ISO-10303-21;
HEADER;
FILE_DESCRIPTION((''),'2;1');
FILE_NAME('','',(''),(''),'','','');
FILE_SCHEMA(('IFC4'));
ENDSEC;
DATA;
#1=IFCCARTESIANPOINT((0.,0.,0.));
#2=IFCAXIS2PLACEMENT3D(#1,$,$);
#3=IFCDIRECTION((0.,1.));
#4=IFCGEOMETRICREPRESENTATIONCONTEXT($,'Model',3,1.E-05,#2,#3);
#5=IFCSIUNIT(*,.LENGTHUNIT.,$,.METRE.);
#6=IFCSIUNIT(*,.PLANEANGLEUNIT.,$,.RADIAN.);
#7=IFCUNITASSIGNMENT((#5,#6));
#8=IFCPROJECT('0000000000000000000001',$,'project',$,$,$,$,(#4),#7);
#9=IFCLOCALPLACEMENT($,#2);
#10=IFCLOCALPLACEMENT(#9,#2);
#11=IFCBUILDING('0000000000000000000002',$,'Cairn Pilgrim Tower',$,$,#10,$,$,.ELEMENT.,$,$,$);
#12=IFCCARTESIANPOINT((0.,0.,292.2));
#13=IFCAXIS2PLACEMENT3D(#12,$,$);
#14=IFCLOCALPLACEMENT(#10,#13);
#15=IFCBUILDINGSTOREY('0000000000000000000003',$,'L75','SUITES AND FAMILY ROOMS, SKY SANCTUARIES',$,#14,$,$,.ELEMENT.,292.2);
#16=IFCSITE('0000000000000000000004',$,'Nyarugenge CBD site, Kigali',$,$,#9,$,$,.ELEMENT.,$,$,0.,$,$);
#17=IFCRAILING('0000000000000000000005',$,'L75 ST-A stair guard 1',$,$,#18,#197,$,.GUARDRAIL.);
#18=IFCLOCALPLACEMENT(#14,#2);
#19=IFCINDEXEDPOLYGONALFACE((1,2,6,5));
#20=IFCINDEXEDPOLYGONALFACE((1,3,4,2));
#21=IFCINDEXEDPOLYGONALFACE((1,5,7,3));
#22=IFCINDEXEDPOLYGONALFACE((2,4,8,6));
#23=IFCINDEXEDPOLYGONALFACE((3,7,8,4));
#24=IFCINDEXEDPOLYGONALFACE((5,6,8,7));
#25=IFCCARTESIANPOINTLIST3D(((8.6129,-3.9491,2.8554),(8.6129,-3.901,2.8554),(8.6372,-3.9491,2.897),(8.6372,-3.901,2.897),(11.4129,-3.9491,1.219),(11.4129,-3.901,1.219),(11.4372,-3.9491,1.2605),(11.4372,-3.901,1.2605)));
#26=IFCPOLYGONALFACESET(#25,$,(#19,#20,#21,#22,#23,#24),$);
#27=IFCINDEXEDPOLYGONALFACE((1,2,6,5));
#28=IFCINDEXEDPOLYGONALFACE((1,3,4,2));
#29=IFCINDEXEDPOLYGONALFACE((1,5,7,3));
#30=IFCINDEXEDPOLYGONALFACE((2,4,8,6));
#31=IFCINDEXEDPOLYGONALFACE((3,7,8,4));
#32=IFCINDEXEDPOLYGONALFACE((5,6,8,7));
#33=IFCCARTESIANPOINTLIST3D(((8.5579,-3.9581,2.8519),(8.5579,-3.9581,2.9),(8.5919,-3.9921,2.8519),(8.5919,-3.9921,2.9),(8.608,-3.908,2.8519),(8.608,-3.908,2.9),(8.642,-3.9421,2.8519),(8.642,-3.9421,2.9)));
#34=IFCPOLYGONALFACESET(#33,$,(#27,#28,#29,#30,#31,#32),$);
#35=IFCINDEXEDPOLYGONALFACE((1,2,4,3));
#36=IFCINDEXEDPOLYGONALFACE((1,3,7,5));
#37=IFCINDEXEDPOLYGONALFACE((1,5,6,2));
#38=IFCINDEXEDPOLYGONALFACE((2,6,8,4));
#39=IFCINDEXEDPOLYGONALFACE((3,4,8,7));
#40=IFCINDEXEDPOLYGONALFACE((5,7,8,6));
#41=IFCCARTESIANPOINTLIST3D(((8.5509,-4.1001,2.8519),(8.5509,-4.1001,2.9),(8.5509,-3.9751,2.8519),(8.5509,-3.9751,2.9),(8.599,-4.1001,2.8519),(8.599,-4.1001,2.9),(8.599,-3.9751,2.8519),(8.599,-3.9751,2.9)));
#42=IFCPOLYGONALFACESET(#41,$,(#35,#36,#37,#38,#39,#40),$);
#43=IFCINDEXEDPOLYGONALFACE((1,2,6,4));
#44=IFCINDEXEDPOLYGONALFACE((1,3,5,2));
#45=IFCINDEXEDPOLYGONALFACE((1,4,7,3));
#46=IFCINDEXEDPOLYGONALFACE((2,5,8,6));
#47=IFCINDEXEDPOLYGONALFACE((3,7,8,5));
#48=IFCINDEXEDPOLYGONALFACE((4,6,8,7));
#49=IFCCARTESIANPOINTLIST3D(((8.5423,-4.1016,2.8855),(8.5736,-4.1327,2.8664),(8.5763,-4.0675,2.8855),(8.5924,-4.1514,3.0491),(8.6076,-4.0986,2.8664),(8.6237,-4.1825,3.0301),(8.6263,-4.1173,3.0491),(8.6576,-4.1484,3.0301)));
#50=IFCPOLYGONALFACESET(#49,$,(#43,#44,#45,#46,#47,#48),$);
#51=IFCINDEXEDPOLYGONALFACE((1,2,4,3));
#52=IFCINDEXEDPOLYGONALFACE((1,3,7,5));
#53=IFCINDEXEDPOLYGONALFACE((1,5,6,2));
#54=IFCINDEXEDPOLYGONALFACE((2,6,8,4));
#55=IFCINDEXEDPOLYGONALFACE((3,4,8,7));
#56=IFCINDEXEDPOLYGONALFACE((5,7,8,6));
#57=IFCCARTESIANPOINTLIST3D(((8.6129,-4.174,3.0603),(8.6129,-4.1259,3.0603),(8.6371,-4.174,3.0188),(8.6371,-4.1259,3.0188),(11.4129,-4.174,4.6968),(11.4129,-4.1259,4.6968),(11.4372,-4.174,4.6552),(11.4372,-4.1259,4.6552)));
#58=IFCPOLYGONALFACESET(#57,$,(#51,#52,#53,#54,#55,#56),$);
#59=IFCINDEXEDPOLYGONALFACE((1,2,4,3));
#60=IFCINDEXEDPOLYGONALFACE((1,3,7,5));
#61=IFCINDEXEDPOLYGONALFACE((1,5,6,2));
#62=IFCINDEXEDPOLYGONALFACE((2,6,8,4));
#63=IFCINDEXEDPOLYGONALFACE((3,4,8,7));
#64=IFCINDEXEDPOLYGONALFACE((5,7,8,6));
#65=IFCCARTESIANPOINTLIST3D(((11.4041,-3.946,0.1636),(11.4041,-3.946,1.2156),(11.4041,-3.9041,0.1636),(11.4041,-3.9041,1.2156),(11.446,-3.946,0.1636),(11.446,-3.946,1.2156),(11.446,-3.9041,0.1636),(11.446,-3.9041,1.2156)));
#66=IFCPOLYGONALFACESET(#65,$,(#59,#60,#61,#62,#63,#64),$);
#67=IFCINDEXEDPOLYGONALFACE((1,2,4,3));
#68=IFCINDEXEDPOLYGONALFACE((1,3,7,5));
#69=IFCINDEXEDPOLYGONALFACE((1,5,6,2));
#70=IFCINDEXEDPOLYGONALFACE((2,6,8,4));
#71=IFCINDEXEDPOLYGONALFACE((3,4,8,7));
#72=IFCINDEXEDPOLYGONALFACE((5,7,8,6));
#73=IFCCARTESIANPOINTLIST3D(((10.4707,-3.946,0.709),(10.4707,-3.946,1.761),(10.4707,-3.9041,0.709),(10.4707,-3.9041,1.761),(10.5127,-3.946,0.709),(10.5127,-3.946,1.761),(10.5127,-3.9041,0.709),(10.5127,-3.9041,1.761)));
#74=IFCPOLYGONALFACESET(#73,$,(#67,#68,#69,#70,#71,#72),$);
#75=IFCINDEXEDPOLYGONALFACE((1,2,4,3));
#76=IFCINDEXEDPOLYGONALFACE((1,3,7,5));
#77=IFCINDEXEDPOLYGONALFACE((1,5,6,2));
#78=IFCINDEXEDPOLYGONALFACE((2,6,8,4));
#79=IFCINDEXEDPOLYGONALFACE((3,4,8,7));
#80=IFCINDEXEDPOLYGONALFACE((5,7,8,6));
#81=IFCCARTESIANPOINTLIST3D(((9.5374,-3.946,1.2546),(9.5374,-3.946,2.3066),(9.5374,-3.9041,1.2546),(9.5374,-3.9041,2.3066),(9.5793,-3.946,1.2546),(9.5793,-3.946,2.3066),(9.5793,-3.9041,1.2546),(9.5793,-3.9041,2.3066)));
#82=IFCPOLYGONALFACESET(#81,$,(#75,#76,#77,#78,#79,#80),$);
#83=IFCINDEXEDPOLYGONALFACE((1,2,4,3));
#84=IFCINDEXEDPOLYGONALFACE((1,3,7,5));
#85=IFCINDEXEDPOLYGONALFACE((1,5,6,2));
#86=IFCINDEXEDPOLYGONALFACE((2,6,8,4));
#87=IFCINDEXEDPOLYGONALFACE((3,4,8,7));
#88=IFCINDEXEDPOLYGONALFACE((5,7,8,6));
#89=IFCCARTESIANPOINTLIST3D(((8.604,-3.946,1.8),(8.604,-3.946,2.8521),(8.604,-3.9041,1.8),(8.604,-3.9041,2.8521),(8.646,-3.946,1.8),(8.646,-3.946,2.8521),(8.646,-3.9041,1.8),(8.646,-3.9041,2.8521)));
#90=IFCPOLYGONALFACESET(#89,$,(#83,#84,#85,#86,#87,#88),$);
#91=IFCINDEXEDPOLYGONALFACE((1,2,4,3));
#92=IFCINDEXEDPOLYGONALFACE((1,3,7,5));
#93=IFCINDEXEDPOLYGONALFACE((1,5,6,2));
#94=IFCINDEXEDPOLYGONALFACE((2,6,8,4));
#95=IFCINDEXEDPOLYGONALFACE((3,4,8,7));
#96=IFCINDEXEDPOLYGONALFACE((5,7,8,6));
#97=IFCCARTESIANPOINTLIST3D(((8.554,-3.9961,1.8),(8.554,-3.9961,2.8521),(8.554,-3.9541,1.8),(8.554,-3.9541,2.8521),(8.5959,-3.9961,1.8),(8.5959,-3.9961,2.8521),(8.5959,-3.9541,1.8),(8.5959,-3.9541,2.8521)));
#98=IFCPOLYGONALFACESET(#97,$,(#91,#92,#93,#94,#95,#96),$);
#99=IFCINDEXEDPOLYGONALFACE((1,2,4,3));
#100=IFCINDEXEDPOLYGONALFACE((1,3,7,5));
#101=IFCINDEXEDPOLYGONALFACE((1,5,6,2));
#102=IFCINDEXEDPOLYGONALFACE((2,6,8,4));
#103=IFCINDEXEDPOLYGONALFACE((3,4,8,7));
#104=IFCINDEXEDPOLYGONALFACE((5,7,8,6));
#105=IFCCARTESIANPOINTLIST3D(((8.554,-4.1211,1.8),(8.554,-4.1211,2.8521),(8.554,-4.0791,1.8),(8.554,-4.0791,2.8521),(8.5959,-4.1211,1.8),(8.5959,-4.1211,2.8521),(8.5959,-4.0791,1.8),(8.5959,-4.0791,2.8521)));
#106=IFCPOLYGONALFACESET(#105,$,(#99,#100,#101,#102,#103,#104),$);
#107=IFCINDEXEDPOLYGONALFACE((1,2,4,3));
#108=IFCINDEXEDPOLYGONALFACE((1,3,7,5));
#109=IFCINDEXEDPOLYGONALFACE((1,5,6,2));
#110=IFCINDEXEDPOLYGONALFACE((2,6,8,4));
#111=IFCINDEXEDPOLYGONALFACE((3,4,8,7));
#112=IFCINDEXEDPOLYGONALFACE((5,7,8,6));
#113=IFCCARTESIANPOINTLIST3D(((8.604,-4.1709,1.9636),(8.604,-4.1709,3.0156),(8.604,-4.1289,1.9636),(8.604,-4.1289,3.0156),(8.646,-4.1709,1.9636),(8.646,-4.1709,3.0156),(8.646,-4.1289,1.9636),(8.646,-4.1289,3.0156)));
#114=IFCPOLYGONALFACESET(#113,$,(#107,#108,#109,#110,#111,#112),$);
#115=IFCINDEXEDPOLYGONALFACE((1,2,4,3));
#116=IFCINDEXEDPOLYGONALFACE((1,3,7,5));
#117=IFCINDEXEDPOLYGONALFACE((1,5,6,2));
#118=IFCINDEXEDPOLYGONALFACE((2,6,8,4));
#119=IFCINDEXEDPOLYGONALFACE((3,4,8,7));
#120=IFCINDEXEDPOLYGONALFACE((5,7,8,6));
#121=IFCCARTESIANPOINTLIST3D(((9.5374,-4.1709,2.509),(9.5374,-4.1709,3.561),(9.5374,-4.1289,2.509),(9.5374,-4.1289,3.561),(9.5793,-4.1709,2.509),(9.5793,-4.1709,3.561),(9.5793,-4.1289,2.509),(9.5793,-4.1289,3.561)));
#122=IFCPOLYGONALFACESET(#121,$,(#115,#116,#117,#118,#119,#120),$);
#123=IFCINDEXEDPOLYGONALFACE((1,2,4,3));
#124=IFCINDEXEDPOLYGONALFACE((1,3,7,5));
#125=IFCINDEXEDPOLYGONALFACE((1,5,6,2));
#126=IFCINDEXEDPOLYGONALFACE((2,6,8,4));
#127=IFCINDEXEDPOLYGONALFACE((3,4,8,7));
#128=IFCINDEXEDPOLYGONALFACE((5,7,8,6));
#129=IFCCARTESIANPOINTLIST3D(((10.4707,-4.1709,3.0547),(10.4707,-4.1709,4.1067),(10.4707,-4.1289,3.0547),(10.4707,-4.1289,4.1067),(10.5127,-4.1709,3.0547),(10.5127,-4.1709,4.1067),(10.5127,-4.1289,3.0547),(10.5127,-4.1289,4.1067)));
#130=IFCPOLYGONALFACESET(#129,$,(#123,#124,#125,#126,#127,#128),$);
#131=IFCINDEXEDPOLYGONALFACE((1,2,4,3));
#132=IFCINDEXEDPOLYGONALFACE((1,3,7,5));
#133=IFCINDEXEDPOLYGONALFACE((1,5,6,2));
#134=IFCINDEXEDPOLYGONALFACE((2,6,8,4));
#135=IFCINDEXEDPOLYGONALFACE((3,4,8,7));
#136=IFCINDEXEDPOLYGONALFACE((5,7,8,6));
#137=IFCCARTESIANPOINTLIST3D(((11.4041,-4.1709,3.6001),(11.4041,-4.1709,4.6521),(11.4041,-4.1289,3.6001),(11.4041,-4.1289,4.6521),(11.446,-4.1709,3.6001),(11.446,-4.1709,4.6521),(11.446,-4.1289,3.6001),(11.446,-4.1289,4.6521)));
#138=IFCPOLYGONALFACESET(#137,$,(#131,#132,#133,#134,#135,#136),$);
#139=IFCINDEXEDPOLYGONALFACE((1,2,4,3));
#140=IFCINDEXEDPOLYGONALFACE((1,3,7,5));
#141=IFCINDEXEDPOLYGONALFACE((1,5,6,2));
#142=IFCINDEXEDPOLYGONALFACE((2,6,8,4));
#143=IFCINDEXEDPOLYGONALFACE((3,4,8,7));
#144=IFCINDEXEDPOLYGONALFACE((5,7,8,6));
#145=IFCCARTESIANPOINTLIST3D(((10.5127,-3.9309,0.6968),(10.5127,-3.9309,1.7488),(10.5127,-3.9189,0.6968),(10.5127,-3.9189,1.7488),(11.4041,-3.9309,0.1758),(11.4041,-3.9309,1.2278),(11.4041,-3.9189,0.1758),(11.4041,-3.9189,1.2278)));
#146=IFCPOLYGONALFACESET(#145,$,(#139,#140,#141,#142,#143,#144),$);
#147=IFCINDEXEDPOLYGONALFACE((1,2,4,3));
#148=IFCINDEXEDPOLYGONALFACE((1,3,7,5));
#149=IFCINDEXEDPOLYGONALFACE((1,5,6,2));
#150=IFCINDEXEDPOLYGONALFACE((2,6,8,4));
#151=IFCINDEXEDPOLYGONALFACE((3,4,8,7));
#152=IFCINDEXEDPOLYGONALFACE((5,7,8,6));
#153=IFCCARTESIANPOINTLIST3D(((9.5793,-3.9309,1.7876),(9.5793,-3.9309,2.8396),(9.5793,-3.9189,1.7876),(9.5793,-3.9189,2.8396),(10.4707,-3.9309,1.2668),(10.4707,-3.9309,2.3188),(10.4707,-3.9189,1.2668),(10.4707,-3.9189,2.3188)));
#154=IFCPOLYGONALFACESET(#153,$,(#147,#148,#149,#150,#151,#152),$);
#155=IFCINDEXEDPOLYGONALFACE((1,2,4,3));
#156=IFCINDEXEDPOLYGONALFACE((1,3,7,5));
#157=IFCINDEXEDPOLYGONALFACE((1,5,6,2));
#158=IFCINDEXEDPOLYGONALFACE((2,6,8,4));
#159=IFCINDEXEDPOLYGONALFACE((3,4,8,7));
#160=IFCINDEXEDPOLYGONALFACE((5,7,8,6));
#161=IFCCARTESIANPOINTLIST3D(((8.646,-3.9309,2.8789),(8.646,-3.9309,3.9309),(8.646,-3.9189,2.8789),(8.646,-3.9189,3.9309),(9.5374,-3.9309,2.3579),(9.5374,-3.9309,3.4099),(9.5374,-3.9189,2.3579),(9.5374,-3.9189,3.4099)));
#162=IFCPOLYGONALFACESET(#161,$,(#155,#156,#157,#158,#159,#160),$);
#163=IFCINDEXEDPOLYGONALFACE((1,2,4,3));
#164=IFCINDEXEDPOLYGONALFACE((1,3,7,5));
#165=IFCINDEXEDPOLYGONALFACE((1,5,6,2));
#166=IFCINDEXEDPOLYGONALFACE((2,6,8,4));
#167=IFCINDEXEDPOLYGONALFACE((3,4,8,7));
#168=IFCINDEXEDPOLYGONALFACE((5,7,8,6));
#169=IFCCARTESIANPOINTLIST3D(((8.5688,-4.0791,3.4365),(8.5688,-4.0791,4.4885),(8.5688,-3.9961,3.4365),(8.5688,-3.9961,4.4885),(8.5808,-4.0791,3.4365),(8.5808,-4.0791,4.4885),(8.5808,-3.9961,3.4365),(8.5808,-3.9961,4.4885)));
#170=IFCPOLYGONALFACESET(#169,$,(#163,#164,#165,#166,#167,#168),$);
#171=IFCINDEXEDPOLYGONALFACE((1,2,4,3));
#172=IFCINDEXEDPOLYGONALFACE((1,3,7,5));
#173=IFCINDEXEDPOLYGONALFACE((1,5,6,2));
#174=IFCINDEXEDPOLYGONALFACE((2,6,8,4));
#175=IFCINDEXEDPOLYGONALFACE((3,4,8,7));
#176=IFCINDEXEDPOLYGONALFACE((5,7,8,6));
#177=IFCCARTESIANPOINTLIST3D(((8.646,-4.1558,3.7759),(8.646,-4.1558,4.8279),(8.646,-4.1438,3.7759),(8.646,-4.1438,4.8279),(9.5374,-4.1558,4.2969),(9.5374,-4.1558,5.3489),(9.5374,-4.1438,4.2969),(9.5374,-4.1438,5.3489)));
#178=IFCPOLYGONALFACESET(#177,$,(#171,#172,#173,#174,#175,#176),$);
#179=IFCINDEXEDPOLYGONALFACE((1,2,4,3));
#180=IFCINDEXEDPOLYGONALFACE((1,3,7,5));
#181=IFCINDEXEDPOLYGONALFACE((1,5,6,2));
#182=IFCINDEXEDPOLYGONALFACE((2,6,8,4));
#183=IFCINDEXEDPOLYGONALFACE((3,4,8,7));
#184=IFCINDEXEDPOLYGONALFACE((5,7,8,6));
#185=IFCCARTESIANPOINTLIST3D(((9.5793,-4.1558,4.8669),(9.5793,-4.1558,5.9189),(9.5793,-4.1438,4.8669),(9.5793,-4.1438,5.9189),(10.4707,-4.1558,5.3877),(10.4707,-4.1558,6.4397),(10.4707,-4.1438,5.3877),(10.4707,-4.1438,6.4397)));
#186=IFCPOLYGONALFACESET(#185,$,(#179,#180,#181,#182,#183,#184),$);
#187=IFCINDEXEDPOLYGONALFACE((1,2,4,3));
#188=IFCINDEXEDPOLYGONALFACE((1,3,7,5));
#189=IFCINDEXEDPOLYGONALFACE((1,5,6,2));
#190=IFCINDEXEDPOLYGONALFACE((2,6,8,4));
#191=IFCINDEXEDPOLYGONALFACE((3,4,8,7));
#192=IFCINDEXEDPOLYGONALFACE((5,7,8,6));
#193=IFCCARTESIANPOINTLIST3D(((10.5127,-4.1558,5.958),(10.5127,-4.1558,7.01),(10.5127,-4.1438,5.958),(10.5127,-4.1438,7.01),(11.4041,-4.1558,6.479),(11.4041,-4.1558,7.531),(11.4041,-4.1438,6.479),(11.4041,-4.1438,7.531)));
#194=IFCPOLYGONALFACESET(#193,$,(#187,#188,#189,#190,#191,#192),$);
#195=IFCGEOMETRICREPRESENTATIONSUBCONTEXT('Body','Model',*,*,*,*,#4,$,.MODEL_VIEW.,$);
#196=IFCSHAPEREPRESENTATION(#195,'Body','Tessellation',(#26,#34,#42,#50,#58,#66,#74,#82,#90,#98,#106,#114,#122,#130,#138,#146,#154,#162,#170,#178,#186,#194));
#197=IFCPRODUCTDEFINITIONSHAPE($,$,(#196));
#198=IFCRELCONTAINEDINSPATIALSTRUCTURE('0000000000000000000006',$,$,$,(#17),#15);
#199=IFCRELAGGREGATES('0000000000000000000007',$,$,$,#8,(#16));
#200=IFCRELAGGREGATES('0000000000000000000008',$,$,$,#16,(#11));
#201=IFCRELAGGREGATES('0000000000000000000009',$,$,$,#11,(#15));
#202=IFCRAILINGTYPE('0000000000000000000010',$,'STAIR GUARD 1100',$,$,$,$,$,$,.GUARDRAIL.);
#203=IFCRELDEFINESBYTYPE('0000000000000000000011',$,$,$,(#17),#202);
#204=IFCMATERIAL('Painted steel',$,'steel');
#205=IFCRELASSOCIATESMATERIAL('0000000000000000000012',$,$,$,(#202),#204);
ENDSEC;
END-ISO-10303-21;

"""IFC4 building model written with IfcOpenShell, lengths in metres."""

from ifc_helpers import new_model, si_unit, direction, frame, origin, origin_2d, place, context, subcontext, project, spatial, polyline, rectangle, outline, extrude, material, type_object, element, save


model = new_model("IFC4")

# Units and contexts
model_context = context("Model", 3, precision=1e-05, world=origin(), true_north=direction((0.0, 1.0)))
body_context = subcontext(model_context, "Body", "Model", "MODEL_VIEW")
ifc_project = project(units=[si_unit("LENGTHUNIT", "METRE"), si_unit("PLANEANGLEUNIT", "RADIAN")], contexts=[model_context])

# Site, building, storey
site_placement = place(None, origin())
site = spatial("IfcSite", under=ifc_project, at=site_placement, Name="Nyarugenge CBD site, Kigali", CompositionType="ELEMENT", RefElevation=0.0)
building_placement = place(site_placement, origin())
building = spatial("IfcBuilding", under=site, at=building_placement, Name="Cairn Pilgrim Tower", CompositionType="ELEMENT")
storey_placement = place(building_placement, frame((0.0, 0.0, 292.2)))
storey = spatial("IfcBuildingStorey", under=building, at=storey_placement, Name="L75", Description="SUITES AND FAMILY ROOMS, SKY SANCTUARIES", CompositionType="ELEMENT", Elevation=292.2)

# Shared definitions
ifc_material_1 = material(Name="Painted steel", Category="steel")

# Railing
railing_type_1 = type_object("IfcRailingType", Name="STAIR GUARD 1100", PredefinedType="GUARDRAIL", material=ifc_material_1)
railing_1_placement = place(storey_placement, frame((11.425, -3.925, 0.1636)))
element("IfcRailing", 1, at=railing_1_placement, inside=storey, type_object=railing_type_1, Name="L75 ST-A stair guard 1", PredefinedType="GUARDRAIL", context=body_context, shape_type="SweptSolid", body=[
    extrude(rectangle(XDim=0.0481, YDim=0.0481, at=origin_2d()), frame((0.0, 0.0, 1.0762), z_axis=(-0.863361, 0.0, 0.504587), x_axis=(0.0, -1.0, 0.0)), (0.0, 0.0, 1.0), 3.2432),
    extrude(rectangle(XDim=0.0481, YDim=0.0481, at=origin_2d()), frame((-2.8, 0.0, 2.7124), z_axis=(-0.707107, -0.707107, 0.0), x_axis=(0.707107, -0.707107, 0.0)), (0.0, 0.0, 1.0), 0.0708),
    extrude(rectangle(XDim=0.0481, YDim=0.0481, at=origin_2d()), frame((-2.8501, -0.05, 2.7124), z_axis=(0.0, -1.0, 0.0), x_axis=(1.0, 0.0, 0.0)), (0.0, 0.0, 1.0), 0.125),
    extrude(rectangle(XDim=0.0481, YDim=0.0481, at=origin_2d()), frame((-2.8501, -0.175, 2.7124), z_axis=(0.280917, -0.279546, 0.918118), x_axis=(0.705376, 0.708834, 0.0)), (0.0, 0.0, 1.0), 0.1782),
    extrude(rectangle(XDim=0.0481, YDim=0.0481, at=origin_2d()), frame((-2.8, -0.2249, 2.876), z_axis=(0.863361, 0.0, 0.504587), x_axis=(0.0, 1.0, 0.0)), (0.0, 0.0, 1.0), 3.2432),
    extrude(rectangle(XDim=0.042, YDim=0.042, at=origin_2d()), origin(), (0.0, 0.0, 1.0), 1.052),
    extrude(rectangle(XDim=0.042, YDim=0.042, at=origin_2d()), frame((-0.9333, 0.0, 0.5454)), (0.0, 0.0, 1.0), 1.052),
    extrude(rectangle(XDim=0.042, YDim=0.042, at=origin_2d()), frame((-1.8667, 0.0, 1.0911)), (0.0, 0.0, 1.0), 1.052),
    extrude(rectangle(XDim=0.042, YDim=0.042, at=origin_2d()), frame((-2.8, 0.0, 1.6365)), (0.0, 0.0, 1.0), 1.052),
    extrude(rectangle(XDim=0.042, YDim=0.042, at=origin_2d()), frame((-2.8501, -0.05, 1.6365)), (0.0, 0.0, 1.0), 1.052),
    extrude(rectangle(XDim=0.042, YDim=0.042, at=origin_2d()), frame((-2.8501, -0.175, 1.6365)), (0.0, 0.0, 1.0), 1.052),
    extrude(rectangle(XDim=0.042, YDim=0.042, at=origin_2d()), frame((-2.8, -0.2249, 1.8)), (0.0, 0.0, 1.0), 1.052),
    extrude(rectangle(XDim=0.042, YDim=0.042, at=origin_2d()), frame((-1.8667, -0.2249, 2.3455)), (0.0, 0.0, 1.0), 1.052),
    extrude(rectangle(XDim=0.042, YDim=0.042, at=origin_2d()), frame((-0.9333, -0.2249, 2.8911)), (0.0, 0.0, 1.0), 1.052),
    extrude(rectangle(XDim=0.042, YDim=0.042, at=origin_2d()), frame((0.0, -0.2249, 3.4365)), (0.0, 0.0, 1.0), 1.052),
    extrude(outline(polyline([(0.021, 0.0122), (0.9124, 0.5332), (0.9124, 1.5852), (0.021, 1.0642), (0.021, 0.0122)])), frame((0.0, -0.0059, 0.0), z_axis=(0.0, 1.0, 0.0), x_axis=(-1.0, 0.0, 0.0)), (0.0, 0.0, 1.0), 0.012),
    extrude(outline(polyline([(0.021, 0.5579), (0.9124, 1.0786), (0.9124, 2.1306), (0.021, 1.6099), (0.021, 0.5579)])), frame((-0.9333, -0.0059, 0.5454), z_axis=(0.0, 1.0, 0.0), x_axis=(-1.0, 0.0, 0.0)), (0.0, 0.0, 1.0), 0.012),
    extrude(outline(polyline([(0.021, 1.1033), (0.9124, 1.6243), (0.9124, 2.6763), (0.021, 2.1553), (0.021, 1.1033)])), frame((-1.8667, -0.0059, 1.0911), z_axis=(0.0, 1.0, 0.0), x_axis=(-1.0, 0.0, 0.0)), (0.0, 0.0, 1.0), 0.012),
    extrude(outline(polyline([(0.021, 1.6365), (0.104, 1.6365), (0.104, 2.6885), (0.021, 2.6885), (0.021, 1.6365)])), frame((-2.8442, -0.05, 1.6365), z_axis=(-1.0, 0.0, 0.0), x_axis=(0.0, -1.0, 0.0)), (0.0, 0.0, 1.0), 0.012),
    extrude(outline(polyline([(0.021, 1.8123), (0.9124, 2.3333), (0.9124, 3.3853), (0.021, 2.8643), (0.021, 1.8123)])), frame((-2.8, -0.2188, 1.8), z_axis=(0.0, -1.0, 0.0), x_axis=(1.0, 0.0, 0.0)), (0.0, 0.0, 1.0), 0.012),
    extrude(outline(polyline([(0.021, 2.3579), (0.9124, 2.8787), (0.9124, 3.9307), (0.021, 3.4099), (0.021, 2.3579)])), frame((-1.8667, -0.2188, 2.3455), z_axis=(0.0, -1.0, 0.0), x_axis=(1.0, 0.0, 0.0)), (0.0, 0.0, 1.0), 0.012),
    extrude(outline(polyline([(0.021, 2.9033), (0.9124, 3.4243), (0.9124, 4.4763), (0.021, 3.9553), (0.021, 2.9033)])), frame((-0.9333, -0.2188, 2.8911), z_axis=(0.0, -1.0, 0.0), x_axis=(1.0, 0.0, 0.0)), (0.0, 0.0, 1.0), 0.012),
])

save(model, "model.ifc")
